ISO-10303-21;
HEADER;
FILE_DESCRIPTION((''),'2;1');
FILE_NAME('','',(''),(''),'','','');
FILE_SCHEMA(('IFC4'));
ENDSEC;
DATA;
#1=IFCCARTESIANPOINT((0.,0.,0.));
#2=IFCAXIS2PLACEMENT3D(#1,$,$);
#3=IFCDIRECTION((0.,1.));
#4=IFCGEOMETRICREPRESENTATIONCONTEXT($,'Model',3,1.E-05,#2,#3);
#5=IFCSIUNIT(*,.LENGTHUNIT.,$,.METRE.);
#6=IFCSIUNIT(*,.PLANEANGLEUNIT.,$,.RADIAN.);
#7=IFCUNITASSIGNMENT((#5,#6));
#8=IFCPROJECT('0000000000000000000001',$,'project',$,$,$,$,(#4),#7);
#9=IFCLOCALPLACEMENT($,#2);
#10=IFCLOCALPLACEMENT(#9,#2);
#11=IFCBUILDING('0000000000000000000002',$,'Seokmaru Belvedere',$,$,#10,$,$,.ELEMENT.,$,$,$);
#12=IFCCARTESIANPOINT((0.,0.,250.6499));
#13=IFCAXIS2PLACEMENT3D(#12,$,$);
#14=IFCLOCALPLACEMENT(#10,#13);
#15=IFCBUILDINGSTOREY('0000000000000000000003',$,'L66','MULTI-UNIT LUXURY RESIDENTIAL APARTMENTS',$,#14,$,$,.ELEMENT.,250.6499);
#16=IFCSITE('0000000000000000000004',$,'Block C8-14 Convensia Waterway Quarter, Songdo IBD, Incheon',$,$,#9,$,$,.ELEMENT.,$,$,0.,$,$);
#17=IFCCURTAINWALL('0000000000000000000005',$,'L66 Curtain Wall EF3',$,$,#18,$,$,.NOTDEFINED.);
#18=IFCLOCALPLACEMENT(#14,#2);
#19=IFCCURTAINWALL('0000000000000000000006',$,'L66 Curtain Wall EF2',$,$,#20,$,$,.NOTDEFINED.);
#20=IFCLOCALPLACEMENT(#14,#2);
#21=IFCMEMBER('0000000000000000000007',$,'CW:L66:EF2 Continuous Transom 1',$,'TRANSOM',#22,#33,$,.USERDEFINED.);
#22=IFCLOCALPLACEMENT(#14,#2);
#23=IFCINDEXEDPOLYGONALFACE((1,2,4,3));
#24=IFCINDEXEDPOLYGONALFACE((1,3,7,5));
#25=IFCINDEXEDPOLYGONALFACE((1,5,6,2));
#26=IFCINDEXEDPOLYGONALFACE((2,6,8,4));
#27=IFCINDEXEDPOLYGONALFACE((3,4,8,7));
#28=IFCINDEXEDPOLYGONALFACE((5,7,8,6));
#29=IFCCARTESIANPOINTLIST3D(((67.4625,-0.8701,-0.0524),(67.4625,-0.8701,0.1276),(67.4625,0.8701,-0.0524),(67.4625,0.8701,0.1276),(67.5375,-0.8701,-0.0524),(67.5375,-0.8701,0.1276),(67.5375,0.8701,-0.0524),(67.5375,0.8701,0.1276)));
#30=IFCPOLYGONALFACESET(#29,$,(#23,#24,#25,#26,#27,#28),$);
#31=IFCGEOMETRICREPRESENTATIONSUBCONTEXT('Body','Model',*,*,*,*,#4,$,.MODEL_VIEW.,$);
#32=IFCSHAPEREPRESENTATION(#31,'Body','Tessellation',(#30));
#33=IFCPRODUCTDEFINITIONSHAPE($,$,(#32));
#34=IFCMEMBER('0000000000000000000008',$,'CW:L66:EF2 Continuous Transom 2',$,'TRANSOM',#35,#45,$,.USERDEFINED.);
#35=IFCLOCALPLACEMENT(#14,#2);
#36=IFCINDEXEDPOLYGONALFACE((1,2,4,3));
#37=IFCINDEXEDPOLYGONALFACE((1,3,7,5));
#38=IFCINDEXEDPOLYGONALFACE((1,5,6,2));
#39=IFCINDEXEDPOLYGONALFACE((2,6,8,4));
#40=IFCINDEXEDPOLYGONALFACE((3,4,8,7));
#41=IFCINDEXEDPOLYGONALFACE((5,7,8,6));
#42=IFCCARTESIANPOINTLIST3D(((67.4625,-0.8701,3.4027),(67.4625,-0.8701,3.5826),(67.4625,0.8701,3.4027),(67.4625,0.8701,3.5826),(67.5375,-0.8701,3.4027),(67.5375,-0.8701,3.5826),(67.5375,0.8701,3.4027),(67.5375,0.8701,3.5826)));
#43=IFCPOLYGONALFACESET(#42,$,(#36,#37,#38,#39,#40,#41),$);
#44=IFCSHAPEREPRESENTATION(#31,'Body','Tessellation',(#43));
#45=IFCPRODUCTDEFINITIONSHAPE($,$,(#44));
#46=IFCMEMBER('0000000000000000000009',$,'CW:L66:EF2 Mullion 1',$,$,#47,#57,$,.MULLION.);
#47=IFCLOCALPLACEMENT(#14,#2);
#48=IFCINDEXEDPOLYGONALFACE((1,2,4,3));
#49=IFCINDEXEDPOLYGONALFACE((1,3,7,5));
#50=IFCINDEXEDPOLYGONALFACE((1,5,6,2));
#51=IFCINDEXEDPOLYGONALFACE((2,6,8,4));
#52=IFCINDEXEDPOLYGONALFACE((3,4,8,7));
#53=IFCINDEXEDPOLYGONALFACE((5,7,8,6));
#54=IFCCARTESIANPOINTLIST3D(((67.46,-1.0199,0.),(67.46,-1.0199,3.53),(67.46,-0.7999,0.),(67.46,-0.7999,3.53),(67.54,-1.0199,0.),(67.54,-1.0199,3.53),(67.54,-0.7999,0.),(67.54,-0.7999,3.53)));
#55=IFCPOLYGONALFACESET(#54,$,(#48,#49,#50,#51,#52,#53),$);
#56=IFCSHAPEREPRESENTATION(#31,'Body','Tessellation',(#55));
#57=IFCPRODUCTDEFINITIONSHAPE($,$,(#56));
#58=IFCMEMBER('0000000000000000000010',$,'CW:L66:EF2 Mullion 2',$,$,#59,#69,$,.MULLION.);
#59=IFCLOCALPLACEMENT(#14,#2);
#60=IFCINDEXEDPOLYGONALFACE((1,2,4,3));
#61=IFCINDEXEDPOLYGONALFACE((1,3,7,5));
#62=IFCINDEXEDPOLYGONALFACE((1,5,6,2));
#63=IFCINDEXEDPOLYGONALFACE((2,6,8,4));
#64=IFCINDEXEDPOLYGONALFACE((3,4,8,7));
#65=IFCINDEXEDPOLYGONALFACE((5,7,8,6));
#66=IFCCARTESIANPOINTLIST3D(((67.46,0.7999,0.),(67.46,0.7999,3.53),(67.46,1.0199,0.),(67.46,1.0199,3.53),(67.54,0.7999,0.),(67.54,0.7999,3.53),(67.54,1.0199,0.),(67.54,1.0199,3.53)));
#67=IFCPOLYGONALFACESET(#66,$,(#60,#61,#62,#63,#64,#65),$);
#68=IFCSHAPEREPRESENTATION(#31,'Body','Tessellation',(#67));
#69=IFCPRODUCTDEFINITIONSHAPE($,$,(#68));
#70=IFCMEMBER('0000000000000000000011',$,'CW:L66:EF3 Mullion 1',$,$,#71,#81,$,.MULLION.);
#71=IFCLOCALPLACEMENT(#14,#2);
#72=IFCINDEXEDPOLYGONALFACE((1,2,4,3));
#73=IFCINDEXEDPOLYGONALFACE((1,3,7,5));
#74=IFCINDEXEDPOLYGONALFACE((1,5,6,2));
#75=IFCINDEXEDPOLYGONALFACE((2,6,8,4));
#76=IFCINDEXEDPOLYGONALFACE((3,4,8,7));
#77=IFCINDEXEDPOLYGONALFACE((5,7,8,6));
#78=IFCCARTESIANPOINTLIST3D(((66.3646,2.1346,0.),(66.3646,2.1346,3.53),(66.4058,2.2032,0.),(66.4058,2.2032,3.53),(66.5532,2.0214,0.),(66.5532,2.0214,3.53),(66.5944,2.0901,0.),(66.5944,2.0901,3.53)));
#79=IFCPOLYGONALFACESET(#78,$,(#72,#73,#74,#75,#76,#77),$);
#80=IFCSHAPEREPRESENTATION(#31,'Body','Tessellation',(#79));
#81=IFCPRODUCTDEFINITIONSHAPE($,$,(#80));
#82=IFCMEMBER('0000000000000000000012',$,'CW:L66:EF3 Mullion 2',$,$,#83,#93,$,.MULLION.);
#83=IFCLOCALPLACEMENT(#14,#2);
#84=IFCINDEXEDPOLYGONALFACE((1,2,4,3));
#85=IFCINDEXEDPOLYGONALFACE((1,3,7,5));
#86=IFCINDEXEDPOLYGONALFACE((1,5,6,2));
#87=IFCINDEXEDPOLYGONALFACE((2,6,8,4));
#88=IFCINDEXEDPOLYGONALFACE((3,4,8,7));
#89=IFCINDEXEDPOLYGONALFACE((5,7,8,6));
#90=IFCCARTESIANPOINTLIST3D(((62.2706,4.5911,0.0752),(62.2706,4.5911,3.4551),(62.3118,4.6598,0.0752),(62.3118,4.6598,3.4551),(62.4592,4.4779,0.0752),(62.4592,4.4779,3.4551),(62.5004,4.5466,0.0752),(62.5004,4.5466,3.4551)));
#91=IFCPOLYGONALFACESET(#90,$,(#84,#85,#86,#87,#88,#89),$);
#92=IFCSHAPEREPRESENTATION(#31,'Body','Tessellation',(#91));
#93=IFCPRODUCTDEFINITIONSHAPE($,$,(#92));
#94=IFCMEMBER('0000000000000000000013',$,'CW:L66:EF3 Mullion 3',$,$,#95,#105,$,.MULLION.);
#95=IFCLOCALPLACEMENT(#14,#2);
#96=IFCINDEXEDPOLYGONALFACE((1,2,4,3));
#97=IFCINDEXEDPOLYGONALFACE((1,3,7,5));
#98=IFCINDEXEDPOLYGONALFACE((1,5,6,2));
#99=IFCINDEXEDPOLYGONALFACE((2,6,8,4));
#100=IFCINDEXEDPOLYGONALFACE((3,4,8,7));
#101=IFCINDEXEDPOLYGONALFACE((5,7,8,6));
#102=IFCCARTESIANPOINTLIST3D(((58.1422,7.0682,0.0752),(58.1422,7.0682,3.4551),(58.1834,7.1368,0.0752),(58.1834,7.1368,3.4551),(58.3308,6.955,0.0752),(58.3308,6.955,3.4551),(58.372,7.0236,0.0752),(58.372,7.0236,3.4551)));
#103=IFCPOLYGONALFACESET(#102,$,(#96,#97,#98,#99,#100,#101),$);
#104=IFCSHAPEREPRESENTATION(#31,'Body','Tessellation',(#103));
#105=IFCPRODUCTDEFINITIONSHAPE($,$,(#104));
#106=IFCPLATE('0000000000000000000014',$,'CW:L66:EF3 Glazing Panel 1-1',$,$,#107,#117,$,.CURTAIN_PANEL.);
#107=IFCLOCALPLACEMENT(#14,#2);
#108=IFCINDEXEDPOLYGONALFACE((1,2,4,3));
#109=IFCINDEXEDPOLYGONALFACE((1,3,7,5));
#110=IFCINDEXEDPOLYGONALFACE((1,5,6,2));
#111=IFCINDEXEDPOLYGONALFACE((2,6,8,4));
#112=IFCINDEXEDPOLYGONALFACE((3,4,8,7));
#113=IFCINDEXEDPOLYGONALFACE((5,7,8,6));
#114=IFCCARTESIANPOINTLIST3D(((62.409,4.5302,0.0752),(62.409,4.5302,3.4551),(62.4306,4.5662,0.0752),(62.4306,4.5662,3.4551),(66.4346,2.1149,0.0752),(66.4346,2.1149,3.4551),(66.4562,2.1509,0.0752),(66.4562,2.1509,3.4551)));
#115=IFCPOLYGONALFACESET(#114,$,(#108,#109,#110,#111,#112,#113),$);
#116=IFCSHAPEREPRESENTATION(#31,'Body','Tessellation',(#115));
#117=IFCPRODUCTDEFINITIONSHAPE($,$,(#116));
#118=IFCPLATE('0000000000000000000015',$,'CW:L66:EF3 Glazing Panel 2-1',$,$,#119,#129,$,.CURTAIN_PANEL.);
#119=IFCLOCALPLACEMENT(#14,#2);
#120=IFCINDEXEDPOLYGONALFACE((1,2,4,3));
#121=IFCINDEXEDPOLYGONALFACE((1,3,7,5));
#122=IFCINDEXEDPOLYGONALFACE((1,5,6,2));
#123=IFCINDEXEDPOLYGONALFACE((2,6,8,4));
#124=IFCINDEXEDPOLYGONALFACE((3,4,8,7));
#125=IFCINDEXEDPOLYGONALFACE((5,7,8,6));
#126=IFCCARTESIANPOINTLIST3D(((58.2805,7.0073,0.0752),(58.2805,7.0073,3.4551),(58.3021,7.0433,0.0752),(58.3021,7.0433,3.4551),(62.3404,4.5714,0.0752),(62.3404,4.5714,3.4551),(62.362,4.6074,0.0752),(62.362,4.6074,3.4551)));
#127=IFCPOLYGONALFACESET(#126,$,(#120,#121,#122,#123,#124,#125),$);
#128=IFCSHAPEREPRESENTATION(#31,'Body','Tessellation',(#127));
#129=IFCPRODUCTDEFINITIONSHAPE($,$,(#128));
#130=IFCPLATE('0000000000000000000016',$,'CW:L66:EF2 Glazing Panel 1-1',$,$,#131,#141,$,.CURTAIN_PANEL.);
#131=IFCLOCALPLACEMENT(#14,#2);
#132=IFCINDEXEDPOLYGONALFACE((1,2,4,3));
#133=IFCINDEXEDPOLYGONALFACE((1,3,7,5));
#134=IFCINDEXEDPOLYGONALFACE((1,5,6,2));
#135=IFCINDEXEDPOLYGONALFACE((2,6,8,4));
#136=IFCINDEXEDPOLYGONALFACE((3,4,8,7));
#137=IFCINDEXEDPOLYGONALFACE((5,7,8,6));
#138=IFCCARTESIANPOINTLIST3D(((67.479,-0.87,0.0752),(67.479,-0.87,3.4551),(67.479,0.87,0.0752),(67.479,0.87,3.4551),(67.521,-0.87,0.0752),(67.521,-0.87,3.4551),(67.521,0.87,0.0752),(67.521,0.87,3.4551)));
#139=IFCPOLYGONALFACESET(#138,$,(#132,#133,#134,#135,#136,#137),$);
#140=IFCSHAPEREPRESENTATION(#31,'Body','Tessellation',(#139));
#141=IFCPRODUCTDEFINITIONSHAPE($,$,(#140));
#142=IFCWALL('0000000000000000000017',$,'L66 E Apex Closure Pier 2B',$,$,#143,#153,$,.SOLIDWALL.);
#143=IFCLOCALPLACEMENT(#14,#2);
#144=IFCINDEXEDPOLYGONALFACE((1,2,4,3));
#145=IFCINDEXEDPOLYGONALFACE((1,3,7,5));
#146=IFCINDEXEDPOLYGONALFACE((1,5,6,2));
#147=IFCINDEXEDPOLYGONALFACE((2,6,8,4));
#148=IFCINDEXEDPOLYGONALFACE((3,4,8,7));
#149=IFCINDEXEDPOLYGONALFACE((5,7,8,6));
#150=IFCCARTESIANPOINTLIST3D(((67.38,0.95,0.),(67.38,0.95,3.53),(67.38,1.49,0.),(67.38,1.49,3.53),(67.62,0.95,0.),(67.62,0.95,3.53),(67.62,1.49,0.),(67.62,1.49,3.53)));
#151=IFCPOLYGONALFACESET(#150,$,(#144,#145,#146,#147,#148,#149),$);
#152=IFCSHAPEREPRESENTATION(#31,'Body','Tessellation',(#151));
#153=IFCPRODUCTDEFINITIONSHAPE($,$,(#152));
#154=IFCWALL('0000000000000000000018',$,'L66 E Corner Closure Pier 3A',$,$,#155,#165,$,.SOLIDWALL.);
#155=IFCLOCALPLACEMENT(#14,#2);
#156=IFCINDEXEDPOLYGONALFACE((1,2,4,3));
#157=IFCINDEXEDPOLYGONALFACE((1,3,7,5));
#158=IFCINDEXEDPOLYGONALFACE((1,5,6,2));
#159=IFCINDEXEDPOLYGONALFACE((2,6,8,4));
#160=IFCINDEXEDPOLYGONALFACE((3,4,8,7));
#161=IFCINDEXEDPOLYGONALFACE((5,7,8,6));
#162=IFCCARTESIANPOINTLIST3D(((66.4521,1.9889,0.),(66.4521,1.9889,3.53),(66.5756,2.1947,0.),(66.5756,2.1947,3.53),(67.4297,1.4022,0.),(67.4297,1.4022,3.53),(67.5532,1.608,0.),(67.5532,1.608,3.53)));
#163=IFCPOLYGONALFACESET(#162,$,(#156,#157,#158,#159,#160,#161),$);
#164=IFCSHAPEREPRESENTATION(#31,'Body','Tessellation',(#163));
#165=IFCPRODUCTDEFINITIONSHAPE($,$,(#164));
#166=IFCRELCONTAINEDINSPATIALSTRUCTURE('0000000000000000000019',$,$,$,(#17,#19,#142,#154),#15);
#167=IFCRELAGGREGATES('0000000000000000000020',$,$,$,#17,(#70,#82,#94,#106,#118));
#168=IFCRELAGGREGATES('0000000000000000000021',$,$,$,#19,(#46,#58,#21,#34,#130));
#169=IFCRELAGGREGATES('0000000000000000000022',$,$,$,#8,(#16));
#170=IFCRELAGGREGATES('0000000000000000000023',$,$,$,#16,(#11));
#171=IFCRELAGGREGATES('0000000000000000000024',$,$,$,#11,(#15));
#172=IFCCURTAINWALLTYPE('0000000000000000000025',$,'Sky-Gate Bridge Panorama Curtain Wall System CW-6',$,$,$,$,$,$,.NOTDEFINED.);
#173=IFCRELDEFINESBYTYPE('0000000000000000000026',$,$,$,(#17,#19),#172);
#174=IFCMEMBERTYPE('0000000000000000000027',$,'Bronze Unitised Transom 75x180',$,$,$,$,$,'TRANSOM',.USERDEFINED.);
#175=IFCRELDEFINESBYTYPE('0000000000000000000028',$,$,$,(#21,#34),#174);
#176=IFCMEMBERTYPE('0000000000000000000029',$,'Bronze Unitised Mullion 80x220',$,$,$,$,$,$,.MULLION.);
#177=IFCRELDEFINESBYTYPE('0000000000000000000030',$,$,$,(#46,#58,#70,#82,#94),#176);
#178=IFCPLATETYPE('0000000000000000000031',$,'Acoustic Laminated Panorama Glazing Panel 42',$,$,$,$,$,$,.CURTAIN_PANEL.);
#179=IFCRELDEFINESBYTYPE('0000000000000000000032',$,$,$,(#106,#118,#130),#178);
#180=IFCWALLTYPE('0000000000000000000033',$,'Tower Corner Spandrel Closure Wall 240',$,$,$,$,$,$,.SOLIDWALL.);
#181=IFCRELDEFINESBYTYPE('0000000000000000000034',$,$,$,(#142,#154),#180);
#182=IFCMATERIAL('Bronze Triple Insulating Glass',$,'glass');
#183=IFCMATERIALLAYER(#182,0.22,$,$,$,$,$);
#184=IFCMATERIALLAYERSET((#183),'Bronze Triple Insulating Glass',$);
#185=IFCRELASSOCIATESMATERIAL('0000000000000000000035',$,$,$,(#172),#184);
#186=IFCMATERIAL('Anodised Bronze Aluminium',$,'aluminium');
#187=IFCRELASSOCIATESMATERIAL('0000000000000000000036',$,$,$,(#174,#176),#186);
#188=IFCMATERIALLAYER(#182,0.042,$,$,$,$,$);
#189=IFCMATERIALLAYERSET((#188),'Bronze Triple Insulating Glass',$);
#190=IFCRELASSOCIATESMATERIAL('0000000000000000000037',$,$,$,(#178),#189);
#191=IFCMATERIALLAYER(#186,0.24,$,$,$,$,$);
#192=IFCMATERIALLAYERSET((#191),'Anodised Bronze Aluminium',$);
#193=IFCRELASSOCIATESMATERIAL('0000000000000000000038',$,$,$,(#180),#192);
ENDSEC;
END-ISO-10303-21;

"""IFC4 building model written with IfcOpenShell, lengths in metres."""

from ifc_helpers import new_model, si_unit, direction, frame, frame_2d, origin, origin_2d, place, context, subcontext, project, spatial, rectangle, extrude, source, transform, mapped, material, layer, layer_set, material_profile, profile_set, type_object, type_shapes, element, aggregate, save


model = new_model("IFC4")

# Units and contexts
model_context = context("Model", 3, precision=1e-05, world=origin(), true_north=direction((0.0, 1.0)))
body_context = subcontext(model_context, "Body", "Model", "MODEL_VIEW")
ifc_project = project(units=[si_unit("LENGTHUNIT", "METRE"), si_unit("PLANEANGLEUNIT", "RADIAN")], contexts=[model_context])

# Site, building, storey
site_placement = place(None, origin())
site = spatial("IfcSite", under=ifc_project, at=site_placement, Name="Block C8-14 Convensia Waterway Quarter, Songdo IBD, Incheon", CompositionType="ELEMENT", RefElevation=0.0)
building_placement = place(site_placement, origin())
building = spatial("IfcBuilding", under=site, at=building_placement, Name="Seokmaru Belvedere", CompositionType="ELEMENT")
storey_placement = place(building_placement, frame((0.0, 0.0, 250.6499)))
storey = spatial("IfcBuildingStorey", under=building, at=storey_placement, Name="L66", Description="MULTI-UNIT LUXURY RESIDENTIAL APARTMENTS", CompositionType="ELEMENT", Elevation=250.6499)

# Curtain walls, members
ifc_material_1 = material(Name="Bronze Triple Insulating Glass", Category="glass")
ifc_layer_1 = layer(ifc_material_1, 0.22)
ifc_layer_set_1 = layer_set([ifc_layer_1], Name="Bronze Triple Insulating Glass")
curtain_wall_type = type_object("IfcCurtainWallType", Name="Sky-Gate Bridge Panorama Curtain Wall System CW-6", PredefinedType="NOTDEFINED", material=ifc_layer_set_1)
curtain_wall_1_placement = place(storey_placement, origin())
curtain_wall_1 = element("IfcCurtainWall", 1, at=curtain_wall_1_placement, inside=storey, type_object=curtain_wall_type, Name="L66 Curtain Wall EF3", PredefinedType="NOTDEFINED")
ifc_material_2 = material(Name="Anodised Bronze Aluminium", Category="aluminium")
ifc_material_profile_1 = material_profile(ifc_material_2, rectangle(XDim=0.075, YDim=0.1799, at=origin_2d()), Name="CW-T-75x180")
ifc_profile_set_1 = profile_set([ifc_material_profile_1], Name="Anodised Bronze Aluminium")
member_type_1 = type_object("IfcMemberType", Name="Bronze Unitised Transom 75x180", ElementType="TRANSOM", PredefinedType="USERDEFINED", material=ifc_profile_set_1)
curtain_wall_2_placement = place(storey_placement, origin())
curtain_wall_2 = element("IfcCurtainWall", 2, at=curtain_wall_2_placement, inside=storey, type_object=curtain_wall_type, Name="L66 Curtain Wall EF2", PredefinedType="NOTDEFINED")
shared_shape_1 = source(origin(), body_context, "Body", "SweptSolid", [
    extrude(rectangle(XDim=0.075, YDim=0.1799, at=origin_2d()), origin(), (0.0, 0.0, 1.0), 1.7402),
])
member_1_placement = place(storey_placement, frame((67.5, -0.8701, 0.0376), z_axis=(0.0, 1.0, 0.0), x_axis=(-1.0, 0.0, 0.0)))
member_1 = element("IfcMember", 3, at=member_1_placement, type_object=member_type_1, Name="CW:L66:EF2 Continuous Transom 1", ObjectType="TRANSOM", PredefinedType="USERDEFINED", context=body_context, shape_type="MappedRepresentation", body=[
    mapped(shared_shape_1, transform((0.0, 0.0, 0.0), scale=1.0)),
])
member_2_placement = place(storey_placement, frame((67.5, -0.8701, 3.4927), z_axis=(0.0, 1.0, 0.0), x_axis=(-1.0, 0.0, 0.0)))
member_2 = element("IfcMember", 4, at=member_2_placement, type_object=member_type_1, Name="CW:L66:EF2 Continuous Transom 2", ObjectType="TRANSOM", PredefinedType="USERDEFINED", context=body_context, shape_type="MappedRepresentation", body=[
    mapped(shared_shape_1, transform((0.0, 0.0, 0.0), scale=1.0)),
])
ifc_material_profile_2 = material_profile(ifc_material_2, rectangle(XDim=0.0801, YDim=0.22, at=origin_2d()), Name="CW-M-80x220")
ifc_profile_set_2 = profile_set([ifc_material_profile_2], Name="Anodised Bronze Aluminium")
member_type_2 = type_object("IfcMemberType", Name="Bronze Unitised Mullion 80x220", PredefinedType="MULLION", material=ifc_profile_set_2)
shared_shape_2 = source(origin(), body_context, "Body", "SweptSolid", [
    extrude(rectangle(XDim=0.0801, YDim=0.22, at=origin_2d()), origin(), (0.0, 0.0, 1.0), 3.53),
])
member_3_placement = place(storey_placement, frame((67.5, -0.9099, 0.0), z_axis=(0.0, 0.0, 1.0), x_axis=(-1.0, 0.0, 0.0)))
member_3 = element("IfcMember", 5, at=member_3_placement, type_object=member_type_2, Name="CW:L66:EF2 Mullion 1", PredefinedType="MULLION", context=body_context, shape_type="MappedRepresentation", body=[
    mapped(shared_shape_2, transform((0.0, 0.0, 0.0), scale=1.0)),
])
member_4_placement = place(storey_placement, frame((67.5, 0.9099, 0.0), z_axis=(0.0, 0.0, 1.0), x_axis=(-1.0, 0.0, 0.0)))
member_4 = element("IfcMember", 6, at=member_4_placement, type_object=member_type_2, Name="CW:L66:EF2 Mullion 2", PredefinedType="MULLION", context=body_context, shape_type="MappedRepresentation", body=[
    mapped(shared_shape_2, transform((0.0, 0.0, 0.0), scale=1.0)),
])

# Members
member_5_placement = place(storey_placement, frame((66.4795, 2.1123, 0.0), z_axis=(0.0, 0.0, 1.0), x_axis=(-0.514495, -0.857493, 0.0)))
member_5 = element("IfcMember", 7, at=member_5_placement, type_object=member_type_2, Name="CW:L66:EF3 Mullion 1", PredefinedType="MULLION", context=body_context, shape_type="MappedRepresentation", body=[
    mapped(shared_shape_2, transform((0.0, 0.0, 0.0), scale=1.0)),
])
shared_shape_3 = source(origin(), body_context, "Body", "SweptSolid", [
    extrude(rectangle(XDim=0.0801, YDim=0.22, at=origin_2d()), origin(), (0.0, 0.0, 1.0), 3.3799),
])
type_shapes(member_type_2, [shared_shape_2, shared_shape_3])
member_6_placement = place(storey_placement, frame((62.3855, 4.5688, 0.0752), z_axis=(0.0, 0.0, 1.0), x_axis=(-0.514495, -0.857493, 0.0)))
member_6 = element("IfcMember", 8, at=member_6_placement, type_object=member_type_2, Name="CW:L66:EF3 Mullion 2", PredefinedType="MULLION", context=body_context, shape_type="MappedRepresentation", body=[
    mapped(shared_shape_3, transform((0.0, 0.0, 0.0), scale=1.0)),
])
member_7_placement = place(storey_placement, frame((58.2571, 7.0459, 0.0752), z_axis=(0.0, 0.0, 1.0), x_axis=(-0.514495, -0.857493, 0.0)))
member_7 = element("IfcMember", 9, at=member_7_placement, type_object=member_type_2, Name="CW:L66:EF3 Mullion 3", PredefinedType="MULLION", context=body_context, shape_type="MappedRepresentation", body=[
    mapped(shared_shape_3, transform((0.0, 0.0, 0.0), scale=1.0)),
])

# Plates
ifc_layer_2 = layer(ifc_material_1, 0.042)
ifc_layer_set_2 = layer_set([ifc_layer_2], Name="Bronze Triple Insulating Glass")
plate_type = type_object("IfcPlateType", Name="Acoustic Laminated Panorama Glazing Panel 42", PredefinedType="CURTAIN_PANEL", material=ifc_layer_set_2)
shared_shape_4 = source(origin(), body_context, "Body", "SweptSolid", [
    extrude(rectangle(XDim=4.6946, YDim=0.042, at=origin_2d()), origin(), (0.0, 0.0, 1.0), 3.3799),
])
plate_1_placement = place(storey_placement, frame((64.4326, 3.3406, 0.0752), z_axis=(0.0, 0.0, 1.0), x_axis=(-0.857493, 0.514495, 0.0)))
plate_1 = element("IfcPlate", 10, at=plate_1_placement, type_object=plate_type, Name="CW:L66:EF3 Glazing Panel 1-1", PredefinedType="CURTAIN_PANEL", context=body_context, shape_type="MappedRepresentation", body=[
    mapped(shared_shape_4, transform((0.0, 0.0, 0.0), scale=1.0)),
])
shared_shape_5 = source(origin(), body_context, "Body", "SweptSolid", [
    extrude(rectangle(XDim=4.7346, YDim=0.042, at=origin_2d()), origin(), (0.0, 0.0, 1.0), 3.3799),
])
plate_2_placement = place(storey_placement, frame((60.3213, 5.8074, 0.0752), z_axis=(0.0, 0.0, 1.0), x_axis=(-0.857493, 0.514495, 0.0)))
plate_2 = element("IfcPlate", 11, at=plate_2_placement, type_object=plate_type, Name="CW:L66:EF3 Glazing Panel 2-1", PredefinedType="CURTAIN_PANEL", context=body_context, shape_type="MappedRepresentation", body=[
    mapped(shared_shape_5, transform((0.0, 0.0, 0.0), scale=1.0)),
])
aggregate(curtain_wall_1, [member_5, member_6, member_7, plate_1, plate_2])
shared_shape_6 = source(origin(), body_context, "Body", "SweptSolid", [
    extrude(rectangle(XDim=1.74, YDim=0.042, at=origin_2d()), origin(), (0.0, 0.0, 1.0), 3.3799),
])
type_shapes(plate_type, [shared_shape_4, shared_shape_5, shared_shape_6])
plate_3_placement = place(storey_placement, frame((67.5, 0.0, 0.0752), z_axis=(0.0, 0.0, 1.0), x_axis=(0.0, 1.0, 0.0)))
plate_3 = element("IfcPlate", 12, at=plate_3_placement, type_object=plate_type, Name="CW:L66:EF2 Glazing Panel 1-1", PredefinedType="CURTAIN_PANEL", context=body_context, shape_type="MappedRepresentation", body=[
    mapped(shared_shape_6, transform((0.0, 0.0, 0.0), scale=1.0)),
])
aggregate(curtain_wall_2, [member_3, member_4, member_1, member_2, plate_3])

# Walls
ifc_layer_3 = layer(ifc_material_2, 0.24)
ifc_layer_set_3 = layer_set([ifc_layer_3], Name="Anodised Bronze Aluminium")
wall_type = type_object("IfcWallType", Name="Tower Corner Spandrel Closure Wall 240", PredefinedType="SOLIDWALL", material=ifc_layer_set_3)
wall_1_placement = place(storey_placement, frame((67.5, 0.95, 0.0), z_axis=(0.0, 0.0, 1.0), x_axis=(0.0, 1.0, 0.0)))
element("IfcWall", 13, at=wall_1_placement, inside=storey, type_object=wall_type, Name="L66 E Apex Closure Pier 2B", PredefinedType="SOLIDWALL", context=body_context, shape_type="SweptSolid", body=[
    extrude(rectangle(XDim=0.54, YDim=0.24, at=frame_2d((0.27, 0.0))), origin(), (0.0, 0.0, 1.0), 3.53),
])
wall_2_placement = place(storey_placement, frame((67.4915, 1.5051, 0.0), z_axis=(0.0, 0.0, 1.0), x_axis=(-0.857436, 0.51459, 0.0)))
element("IfcWall", 14, at=wall_2_placement, inside=storey, type_object=wall_type, Name="L66 E Corner Closure Pier 3A", PredefinedType="SOLIDWALL", context=body_context, shape_type="SweptSolid", body=[
    extrude(rectangle(XDim=1.1401, YDim=0.24, at=frame_2d((0.5701, 0.0))), origin(), (0.0, 0.0, 1.0), 3.53),
])

save(model, "model.ifc")
